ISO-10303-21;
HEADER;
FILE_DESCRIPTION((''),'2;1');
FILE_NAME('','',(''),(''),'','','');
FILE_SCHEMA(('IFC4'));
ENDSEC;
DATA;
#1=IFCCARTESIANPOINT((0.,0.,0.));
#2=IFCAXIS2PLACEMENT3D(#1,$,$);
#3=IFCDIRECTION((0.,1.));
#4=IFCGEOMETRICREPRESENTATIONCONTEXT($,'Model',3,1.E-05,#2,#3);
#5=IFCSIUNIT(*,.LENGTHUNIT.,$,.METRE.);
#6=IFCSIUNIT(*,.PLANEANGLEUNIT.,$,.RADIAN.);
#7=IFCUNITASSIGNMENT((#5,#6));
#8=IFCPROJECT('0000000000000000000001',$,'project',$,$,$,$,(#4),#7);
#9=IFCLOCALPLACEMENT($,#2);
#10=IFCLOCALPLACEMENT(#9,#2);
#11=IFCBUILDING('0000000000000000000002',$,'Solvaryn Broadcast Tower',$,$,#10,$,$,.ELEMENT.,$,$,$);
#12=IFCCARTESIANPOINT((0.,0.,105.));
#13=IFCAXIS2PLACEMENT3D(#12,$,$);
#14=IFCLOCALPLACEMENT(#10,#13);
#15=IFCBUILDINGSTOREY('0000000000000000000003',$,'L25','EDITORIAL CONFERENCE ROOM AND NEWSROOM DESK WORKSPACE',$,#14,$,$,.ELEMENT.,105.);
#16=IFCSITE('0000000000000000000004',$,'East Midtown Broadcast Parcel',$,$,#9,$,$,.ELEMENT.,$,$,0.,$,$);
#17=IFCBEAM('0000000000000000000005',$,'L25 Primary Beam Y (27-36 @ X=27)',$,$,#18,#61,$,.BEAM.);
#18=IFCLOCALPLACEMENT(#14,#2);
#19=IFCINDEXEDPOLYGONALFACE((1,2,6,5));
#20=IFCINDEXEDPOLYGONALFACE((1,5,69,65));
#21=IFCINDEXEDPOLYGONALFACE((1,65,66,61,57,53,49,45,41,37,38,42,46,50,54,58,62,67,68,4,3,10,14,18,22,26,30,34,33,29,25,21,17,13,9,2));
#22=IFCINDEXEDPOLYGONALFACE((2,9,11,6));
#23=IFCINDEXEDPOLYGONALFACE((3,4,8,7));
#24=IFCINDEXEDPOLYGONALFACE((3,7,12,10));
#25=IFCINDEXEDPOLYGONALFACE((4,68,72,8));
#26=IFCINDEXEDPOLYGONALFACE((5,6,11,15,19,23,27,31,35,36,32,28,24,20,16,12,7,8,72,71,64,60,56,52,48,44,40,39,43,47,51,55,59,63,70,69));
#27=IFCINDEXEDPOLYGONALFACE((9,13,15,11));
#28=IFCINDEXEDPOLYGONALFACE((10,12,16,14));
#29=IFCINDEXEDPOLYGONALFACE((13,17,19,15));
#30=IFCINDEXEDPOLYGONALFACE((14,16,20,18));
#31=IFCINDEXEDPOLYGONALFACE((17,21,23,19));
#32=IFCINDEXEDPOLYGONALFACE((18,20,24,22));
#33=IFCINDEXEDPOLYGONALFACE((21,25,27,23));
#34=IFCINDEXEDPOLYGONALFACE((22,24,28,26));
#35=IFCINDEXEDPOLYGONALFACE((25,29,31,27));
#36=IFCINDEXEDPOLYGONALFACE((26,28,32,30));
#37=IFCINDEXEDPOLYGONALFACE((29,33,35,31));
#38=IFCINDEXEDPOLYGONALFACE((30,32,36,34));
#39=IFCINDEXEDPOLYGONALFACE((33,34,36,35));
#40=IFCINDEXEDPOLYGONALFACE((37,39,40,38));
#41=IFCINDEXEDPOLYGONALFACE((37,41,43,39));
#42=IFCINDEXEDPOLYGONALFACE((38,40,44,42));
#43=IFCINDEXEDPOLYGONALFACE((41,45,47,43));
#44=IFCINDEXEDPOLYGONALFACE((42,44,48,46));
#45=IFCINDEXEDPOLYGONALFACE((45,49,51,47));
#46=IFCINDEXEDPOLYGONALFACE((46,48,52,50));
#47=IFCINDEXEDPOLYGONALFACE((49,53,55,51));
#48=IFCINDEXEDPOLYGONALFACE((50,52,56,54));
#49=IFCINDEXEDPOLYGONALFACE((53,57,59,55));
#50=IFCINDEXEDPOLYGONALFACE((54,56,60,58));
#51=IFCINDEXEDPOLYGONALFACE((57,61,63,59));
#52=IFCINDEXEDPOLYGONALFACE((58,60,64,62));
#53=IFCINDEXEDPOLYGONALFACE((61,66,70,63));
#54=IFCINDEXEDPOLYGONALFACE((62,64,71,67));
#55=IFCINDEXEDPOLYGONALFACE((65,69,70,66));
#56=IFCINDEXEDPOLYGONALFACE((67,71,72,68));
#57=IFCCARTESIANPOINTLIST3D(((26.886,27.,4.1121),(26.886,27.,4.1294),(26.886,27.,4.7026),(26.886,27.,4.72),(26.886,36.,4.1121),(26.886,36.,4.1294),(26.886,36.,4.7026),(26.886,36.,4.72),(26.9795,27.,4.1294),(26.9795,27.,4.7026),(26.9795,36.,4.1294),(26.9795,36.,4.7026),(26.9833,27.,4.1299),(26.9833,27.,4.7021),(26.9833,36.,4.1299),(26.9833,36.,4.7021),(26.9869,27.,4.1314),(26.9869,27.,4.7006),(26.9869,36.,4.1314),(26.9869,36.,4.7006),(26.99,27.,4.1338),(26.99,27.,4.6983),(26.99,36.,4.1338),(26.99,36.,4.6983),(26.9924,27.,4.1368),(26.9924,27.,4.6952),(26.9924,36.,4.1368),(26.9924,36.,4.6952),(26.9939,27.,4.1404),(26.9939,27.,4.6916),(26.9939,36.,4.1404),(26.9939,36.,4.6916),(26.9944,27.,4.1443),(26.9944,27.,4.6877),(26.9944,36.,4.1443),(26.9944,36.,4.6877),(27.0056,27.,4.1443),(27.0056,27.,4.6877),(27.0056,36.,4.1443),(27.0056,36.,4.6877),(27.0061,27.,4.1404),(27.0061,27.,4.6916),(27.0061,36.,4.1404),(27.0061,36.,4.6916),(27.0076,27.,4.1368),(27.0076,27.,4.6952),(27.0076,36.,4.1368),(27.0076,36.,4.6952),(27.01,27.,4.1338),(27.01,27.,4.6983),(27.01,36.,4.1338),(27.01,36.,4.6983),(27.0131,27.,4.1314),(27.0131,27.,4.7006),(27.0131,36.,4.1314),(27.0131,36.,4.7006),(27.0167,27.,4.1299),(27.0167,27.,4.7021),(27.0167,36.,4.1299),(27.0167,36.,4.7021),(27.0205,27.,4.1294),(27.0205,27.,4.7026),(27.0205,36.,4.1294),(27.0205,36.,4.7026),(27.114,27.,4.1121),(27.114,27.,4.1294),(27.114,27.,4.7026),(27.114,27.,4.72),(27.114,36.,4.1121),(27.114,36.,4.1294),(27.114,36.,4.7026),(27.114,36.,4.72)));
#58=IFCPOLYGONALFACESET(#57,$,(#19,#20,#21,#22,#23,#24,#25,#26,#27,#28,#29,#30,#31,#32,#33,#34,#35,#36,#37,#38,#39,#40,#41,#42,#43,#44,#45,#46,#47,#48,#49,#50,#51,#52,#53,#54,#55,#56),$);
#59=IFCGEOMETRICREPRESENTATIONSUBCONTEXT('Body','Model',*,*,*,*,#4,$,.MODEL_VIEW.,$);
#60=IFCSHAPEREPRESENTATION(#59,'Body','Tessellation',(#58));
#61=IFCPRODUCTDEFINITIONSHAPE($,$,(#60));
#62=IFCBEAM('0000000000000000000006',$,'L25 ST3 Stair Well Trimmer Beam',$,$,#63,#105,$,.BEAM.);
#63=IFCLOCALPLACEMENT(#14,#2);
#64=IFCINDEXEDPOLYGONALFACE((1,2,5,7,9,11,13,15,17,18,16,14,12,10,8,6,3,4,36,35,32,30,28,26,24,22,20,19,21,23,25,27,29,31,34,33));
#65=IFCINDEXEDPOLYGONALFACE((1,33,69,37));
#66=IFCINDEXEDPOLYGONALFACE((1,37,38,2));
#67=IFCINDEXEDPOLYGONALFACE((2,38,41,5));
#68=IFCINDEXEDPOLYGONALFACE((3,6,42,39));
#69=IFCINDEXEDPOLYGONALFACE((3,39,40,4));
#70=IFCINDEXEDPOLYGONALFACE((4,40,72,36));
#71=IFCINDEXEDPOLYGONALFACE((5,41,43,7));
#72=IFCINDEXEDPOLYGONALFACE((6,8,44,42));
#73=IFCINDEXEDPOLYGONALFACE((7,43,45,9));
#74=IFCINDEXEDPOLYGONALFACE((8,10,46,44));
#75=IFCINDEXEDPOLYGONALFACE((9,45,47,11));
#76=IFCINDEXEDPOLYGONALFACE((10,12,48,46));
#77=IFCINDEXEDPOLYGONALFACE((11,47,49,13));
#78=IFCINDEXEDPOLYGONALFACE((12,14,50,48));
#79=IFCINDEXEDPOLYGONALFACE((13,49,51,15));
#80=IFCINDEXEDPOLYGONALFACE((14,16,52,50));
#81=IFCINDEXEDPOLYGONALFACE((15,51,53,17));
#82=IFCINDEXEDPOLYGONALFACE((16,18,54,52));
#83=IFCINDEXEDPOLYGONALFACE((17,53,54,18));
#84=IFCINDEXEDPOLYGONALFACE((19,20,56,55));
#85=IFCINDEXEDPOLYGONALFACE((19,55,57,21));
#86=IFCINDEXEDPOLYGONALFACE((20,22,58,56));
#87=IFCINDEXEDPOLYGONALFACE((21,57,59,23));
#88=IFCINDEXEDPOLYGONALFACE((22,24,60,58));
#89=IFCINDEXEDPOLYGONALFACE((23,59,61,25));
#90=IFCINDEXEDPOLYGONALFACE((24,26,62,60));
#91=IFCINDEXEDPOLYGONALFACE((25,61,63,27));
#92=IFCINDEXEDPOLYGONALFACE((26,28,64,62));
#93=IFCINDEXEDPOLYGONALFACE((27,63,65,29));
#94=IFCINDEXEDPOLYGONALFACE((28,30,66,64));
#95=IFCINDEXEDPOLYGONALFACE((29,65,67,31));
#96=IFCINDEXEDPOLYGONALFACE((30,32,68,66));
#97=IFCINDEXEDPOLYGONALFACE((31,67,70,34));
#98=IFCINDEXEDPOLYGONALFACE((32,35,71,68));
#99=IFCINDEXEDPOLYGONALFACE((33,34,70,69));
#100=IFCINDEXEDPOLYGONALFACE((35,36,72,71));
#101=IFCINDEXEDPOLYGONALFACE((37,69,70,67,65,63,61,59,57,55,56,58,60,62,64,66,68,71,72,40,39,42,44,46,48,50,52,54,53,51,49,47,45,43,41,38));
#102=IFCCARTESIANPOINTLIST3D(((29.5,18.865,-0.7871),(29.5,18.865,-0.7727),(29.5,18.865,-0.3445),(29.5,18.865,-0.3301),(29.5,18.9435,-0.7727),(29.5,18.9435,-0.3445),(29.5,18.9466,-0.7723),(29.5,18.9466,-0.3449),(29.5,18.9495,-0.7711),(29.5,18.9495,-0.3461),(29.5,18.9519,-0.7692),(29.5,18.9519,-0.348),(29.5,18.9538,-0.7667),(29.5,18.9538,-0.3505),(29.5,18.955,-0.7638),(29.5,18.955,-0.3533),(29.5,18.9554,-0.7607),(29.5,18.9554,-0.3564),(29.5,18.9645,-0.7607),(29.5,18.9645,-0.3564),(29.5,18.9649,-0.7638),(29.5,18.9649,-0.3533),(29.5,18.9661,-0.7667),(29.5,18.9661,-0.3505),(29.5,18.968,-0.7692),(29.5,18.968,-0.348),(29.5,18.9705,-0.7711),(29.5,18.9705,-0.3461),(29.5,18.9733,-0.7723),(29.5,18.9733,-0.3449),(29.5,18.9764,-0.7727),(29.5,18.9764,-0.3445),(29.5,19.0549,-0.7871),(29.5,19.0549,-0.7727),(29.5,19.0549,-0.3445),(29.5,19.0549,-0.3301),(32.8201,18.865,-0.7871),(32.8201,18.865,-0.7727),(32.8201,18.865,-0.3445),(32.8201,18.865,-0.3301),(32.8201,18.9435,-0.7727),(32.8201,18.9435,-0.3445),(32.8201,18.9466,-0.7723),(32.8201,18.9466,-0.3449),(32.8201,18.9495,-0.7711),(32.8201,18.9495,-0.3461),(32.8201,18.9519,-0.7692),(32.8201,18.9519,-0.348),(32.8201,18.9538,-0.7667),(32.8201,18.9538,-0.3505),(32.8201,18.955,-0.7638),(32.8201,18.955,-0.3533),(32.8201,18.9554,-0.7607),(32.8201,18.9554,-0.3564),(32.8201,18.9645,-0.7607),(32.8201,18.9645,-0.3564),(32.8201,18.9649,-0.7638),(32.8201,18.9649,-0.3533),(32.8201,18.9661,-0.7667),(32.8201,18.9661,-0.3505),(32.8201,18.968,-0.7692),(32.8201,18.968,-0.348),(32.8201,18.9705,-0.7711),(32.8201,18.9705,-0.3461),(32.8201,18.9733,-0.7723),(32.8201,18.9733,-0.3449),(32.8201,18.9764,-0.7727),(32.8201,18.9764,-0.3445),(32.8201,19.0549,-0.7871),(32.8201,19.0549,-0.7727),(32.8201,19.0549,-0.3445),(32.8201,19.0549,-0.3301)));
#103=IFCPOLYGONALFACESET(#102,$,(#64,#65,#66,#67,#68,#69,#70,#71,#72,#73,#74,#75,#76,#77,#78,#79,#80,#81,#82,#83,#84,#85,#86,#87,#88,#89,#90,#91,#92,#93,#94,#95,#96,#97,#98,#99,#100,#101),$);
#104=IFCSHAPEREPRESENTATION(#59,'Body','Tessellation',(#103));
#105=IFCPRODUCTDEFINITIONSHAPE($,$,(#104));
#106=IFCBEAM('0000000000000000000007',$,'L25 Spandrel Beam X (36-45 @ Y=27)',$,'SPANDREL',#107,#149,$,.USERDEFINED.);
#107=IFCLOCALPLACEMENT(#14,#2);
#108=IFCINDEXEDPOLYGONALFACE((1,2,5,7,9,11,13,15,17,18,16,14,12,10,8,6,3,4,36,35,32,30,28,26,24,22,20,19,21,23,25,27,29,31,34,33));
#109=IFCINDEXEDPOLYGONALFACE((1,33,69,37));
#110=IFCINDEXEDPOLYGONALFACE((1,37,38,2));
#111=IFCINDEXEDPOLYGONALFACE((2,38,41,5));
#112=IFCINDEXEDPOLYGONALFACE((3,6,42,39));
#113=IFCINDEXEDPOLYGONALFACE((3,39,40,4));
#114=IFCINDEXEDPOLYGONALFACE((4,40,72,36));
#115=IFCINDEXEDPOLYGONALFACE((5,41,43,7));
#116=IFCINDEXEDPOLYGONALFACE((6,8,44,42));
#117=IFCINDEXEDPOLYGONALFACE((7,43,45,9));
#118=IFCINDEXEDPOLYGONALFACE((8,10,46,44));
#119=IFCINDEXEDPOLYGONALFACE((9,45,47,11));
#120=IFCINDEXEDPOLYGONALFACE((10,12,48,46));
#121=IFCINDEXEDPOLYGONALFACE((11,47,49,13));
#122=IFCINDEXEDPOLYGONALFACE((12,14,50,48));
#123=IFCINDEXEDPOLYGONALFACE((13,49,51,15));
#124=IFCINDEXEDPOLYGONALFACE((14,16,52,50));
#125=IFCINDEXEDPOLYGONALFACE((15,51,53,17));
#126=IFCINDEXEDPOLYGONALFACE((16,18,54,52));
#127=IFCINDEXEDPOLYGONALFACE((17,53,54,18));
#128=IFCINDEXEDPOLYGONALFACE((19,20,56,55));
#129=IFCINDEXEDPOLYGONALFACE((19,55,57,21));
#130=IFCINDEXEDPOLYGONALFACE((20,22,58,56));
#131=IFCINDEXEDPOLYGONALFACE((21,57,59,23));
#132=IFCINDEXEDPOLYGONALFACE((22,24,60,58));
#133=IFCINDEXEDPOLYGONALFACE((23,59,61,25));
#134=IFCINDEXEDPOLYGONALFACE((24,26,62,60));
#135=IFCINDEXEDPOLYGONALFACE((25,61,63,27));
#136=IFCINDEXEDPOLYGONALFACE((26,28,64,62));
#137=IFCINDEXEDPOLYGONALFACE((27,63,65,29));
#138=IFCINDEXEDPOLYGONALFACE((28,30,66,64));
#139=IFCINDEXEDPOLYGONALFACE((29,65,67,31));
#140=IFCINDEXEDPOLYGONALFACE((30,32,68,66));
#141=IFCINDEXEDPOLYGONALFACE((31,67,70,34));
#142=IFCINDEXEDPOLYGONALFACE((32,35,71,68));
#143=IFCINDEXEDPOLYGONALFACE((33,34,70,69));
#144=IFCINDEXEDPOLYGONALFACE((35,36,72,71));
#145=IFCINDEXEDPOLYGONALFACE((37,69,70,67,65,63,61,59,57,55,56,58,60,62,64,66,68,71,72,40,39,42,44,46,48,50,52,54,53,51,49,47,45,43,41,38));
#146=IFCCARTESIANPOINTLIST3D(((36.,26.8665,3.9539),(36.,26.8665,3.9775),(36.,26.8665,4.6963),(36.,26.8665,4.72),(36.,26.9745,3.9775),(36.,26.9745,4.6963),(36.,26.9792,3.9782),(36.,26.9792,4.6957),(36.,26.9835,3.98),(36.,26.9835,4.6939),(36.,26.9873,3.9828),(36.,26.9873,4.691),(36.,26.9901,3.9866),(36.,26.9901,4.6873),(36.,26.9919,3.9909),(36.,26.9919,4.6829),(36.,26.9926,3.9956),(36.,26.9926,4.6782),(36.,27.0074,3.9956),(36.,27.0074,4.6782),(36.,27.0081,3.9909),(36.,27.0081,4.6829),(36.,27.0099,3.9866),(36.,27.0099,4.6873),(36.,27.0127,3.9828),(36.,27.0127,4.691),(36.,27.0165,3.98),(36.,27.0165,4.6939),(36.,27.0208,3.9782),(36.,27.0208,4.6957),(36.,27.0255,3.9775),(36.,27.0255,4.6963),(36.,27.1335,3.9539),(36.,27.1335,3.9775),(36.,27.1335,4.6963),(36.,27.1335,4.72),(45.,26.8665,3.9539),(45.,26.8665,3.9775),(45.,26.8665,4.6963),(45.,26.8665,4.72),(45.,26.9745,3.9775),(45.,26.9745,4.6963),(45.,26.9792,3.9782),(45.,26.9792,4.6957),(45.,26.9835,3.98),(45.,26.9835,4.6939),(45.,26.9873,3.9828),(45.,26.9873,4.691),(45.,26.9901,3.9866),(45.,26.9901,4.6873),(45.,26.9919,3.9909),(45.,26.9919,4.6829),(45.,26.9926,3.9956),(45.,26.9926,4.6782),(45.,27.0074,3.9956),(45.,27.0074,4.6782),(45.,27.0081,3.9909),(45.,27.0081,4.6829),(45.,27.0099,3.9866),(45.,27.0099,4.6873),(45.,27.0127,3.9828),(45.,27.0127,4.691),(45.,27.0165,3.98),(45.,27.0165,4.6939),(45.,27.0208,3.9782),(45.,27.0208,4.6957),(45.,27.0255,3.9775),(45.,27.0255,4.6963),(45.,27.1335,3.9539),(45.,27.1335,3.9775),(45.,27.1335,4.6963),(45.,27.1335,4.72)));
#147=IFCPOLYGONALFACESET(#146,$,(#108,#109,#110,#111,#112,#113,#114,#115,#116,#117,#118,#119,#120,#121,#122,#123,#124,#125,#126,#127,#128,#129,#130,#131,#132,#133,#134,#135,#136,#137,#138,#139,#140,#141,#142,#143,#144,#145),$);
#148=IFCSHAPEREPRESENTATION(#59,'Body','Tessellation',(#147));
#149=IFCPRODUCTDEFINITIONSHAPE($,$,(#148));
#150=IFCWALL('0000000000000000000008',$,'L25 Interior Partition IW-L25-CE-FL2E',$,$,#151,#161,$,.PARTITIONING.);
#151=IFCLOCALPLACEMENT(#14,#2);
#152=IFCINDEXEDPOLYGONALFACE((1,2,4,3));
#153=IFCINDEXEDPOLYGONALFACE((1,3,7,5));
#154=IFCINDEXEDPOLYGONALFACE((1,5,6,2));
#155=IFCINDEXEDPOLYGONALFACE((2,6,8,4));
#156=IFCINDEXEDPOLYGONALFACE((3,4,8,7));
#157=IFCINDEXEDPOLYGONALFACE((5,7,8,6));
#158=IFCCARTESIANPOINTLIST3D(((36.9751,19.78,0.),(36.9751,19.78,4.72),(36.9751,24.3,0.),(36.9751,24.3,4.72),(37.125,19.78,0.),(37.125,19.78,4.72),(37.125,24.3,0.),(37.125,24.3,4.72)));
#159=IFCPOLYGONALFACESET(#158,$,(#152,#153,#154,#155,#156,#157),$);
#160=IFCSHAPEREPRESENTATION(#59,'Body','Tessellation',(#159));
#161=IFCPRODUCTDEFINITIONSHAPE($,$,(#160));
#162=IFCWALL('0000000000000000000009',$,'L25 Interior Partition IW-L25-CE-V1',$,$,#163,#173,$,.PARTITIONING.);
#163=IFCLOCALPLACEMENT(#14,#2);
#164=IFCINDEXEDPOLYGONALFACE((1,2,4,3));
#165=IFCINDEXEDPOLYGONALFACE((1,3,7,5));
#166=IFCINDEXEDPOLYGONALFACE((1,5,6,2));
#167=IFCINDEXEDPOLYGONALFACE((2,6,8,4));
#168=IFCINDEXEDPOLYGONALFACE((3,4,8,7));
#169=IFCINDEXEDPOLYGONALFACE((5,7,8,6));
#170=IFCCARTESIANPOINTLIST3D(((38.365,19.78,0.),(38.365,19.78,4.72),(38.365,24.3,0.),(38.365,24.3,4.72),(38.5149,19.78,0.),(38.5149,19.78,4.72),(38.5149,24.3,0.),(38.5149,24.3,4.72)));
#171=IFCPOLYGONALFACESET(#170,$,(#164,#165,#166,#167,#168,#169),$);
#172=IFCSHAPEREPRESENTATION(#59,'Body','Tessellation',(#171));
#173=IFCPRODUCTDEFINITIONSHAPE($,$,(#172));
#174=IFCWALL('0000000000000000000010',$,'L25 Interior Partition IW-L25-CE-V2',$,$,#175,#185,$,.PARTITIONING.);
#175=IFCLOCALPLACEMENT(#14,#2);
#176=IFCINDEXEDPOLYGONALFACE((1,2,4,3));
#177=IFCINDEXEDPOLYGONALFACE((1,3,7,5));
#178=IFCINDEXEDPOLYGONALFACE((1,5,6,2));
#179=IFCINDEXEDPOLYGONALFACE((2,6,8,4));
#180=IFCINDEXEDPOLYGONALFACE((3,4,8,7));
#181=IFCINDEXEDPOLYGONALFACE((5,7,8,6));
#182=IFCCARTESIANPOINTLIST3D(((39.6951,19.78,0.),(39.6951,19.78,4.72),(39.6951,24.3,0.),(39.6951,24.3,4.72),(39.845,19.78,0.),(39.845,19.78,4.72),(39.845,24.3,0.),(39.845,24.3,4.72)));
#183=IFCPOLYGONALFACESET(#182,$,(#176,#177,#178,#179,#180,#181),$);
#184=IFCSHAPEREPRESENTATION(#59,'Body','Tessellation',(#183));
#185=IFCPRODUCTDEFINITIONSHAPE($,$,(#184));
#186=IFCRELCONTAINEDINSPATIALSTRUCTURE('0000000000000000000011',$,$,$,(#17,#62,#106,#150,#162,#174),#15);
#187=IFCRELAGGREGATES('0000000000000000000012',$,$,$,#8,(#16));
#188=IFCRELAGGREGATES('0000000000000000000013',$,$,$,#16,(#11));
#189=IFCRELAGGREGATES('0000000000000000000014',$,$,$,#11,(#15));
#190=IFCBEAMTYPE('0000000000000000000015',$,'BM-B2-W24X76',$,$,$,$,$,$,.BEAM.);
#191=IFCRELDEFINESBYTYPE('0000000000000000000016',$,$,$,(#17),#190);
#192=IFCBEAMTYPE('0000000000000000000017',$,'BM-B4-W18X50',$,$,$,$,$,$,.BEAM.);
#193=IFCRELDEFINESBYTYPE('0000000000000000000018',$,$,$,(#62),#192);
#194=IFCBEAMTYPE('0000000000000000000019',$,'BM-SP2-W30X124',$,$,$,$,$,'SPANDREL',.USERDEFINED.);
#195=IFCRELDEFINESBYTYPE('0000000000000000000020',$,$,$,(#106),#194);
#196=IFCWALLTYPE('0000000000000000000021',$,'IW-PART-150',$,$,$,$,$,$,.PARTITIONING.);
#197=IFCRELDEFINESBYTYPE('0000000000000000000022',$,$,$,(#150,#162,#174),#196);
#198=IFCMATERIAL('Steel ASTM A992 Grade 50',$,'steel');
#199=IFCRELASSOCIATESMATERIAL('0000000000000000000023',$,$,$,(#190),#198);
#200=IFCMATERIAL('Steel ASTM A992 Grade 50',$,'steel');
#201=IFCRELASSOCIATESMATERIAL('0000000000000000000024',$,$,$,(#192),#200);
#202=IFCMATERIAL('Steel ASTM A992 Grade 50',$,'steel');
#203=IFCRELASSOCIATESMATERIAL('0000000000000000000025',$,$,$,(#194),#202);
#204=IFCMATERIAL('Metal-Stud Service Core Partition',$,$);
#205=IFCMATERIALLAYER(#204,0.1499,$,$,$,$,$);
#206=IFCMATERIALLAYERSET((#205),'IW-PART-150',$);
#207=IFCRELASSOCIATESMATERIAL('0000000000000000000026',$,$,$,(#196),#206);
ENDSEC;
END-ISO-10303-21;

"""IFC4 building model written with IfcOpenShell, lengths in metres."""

from ifc_helpers import new_model, si_unit, direction, frame, frame_2d, origin, origin_2d, place, context, subcontext, project, spatial, rectangle, i_section, extrude, material, layer, layer_set, material_profile, profile_set, type_object, element, save


model = new_model("IFC4")

# Units and contexts
model_context = context("Model", 3, precision=1e-05, world=origin(), true_north=direction((0.0, 1.0)))
body_context = subcontext(model_context, "Body", "Model", "MODEL_VIEW")
ifc_project = project(units=[si_unit("LENGTHUNIT", "METRE"), si_unit("PLANEANGLEUNIT", "RADIAN")], contexts=[model_context])

# Site, building, storey
site_placement = place(None, origin())
site = spatial("IfcSite", under=ifc_project, at=site_placement, Name="East Midtown Broadcast Parcel", CompositionType="ELEMENT", RefElevation=0.0)
building_placement = place(site_placement, origin())
building = spatial("IfcBuilding", under=site, at=building_placement, Name="Solvaryn Broadcast Tower", CompositionType="ELEMENT")
storey_placement = place(building_placement, frame((0.0, 0.0, 105.0)))
storey = spatial("IfcBuildingStorey", under=building, at=storey_placement, Name="L25", Description="EDITORIAL CONFERENCE ROOM AND NEWSROOM DESK WORKSPACE", CompositionType="ELEMENT", Elevation=105.0)

# Beams
ifc_material_1 = material(Name="Steel ASTM A992 Grade 50", Category="steel")
ifc_material_profile_1 = material_profile(ifc_material_1, i_section(OverallWidth=0.228, OverallDepth=0.6079, WebThickness=0.0112, FlangeThickness=0.0173, FilletRadius=0.0149, at=origin_2d()))
ifc_profile_set_1 = profile_set([ifc_material_profile_1], Name="Steel ASTM A992 Grade 50")
beam_type_1 = type_object("IfcBeamType", Name="BM-B2-W24X76", PredefinedType="BEAM", material=ifc_profile_set_1)
beam_1_placement = place(storey_placement, frame((27.0, 27.0, 4.416), z_axis=(0.0, 1.0, 0.0), x_axis=(-1.0, 0.0, 0.0)))
element("IfcBeam", 1, at=beam_1_placement, inside=storey, type_object=beam_type_1, Name="L25 Primary Beam Y (27-36 @ X=27)", PredefinedType="BEAM", context=body_context, shape_type="SweptSolid", body=[
    extrude(i_section(OverallWidth=0.228, OverallDepth=0.6079, WebThickness=0.0112, FlangeThickness=0.0173, FilletRadius=0.0149, at=origin_2d()), origin(), (0.0, 0.0, 1.0), 9.0),
])
ifc_material_2 = material(Name="Steel ASTM A992 Grade 50", Category="steel")
ifc_material_profile_2 = material_profile(ifc_material_2, i_section(OverallWidth=0.1899, OverallDepth=0.457, WebThickness=0.009, FlangeThickness=0.0144, FilletRadius=0.012, at=origin_2d()))
ifc_profile_set_2 = profile_set([ifc_material_profile_2], Name="Steel ASTM A992 Grade 50")
beam_type_2 = type_object("IfcBeamType", Name="BM-B4-W18X50", PredefinedType="BEAM", material=ifc_profile_set_2)
beam_2_placement = place(storey_placement, frame((29.5, 18.96, -0.5586), z_axis=(1.0, 0.0, 0.0), x_axis=(0.0, 1.0, 0.0)))
element("IfcBeam", 2, at=beam_2_placement, inside=storey, type_object=beam_type_2, Name="L25 ST3 Stair Well Trimmer Beam", PredefinedType="BEAM", context=body_context, shape_type="SweptSolid", body=[
    extrude(i_section(OverallWidth=0.1899, OverallDepth=0.457, WebThickness=0.009, FlangeThickness=0.0144, FilletRadius=0.012, at=origin_2d()), origin(), (0.0, 0.0, 1.0), 3.3201),
])
ifc_material_3 = material(Name="Steel ASTM A992 Grade 50", Category="steel")
ifc_material_profile_3 = material_profile(ifc_material_3, i_section(OverallWidth=0.2671, OverallDepth=0.7661, WebThickness=0.0149, FlangeThickness=0.0237, FilletRadius=0.0181, at=origin_2d()))
ifc_profile_set_3 = profile_set([ifc_material_profile_3], Name="Steel ASTM A992 Grade 50")
beam_type_3 = type_object("IfcBeamType", Name="BM-SP2-W30X124", ElementType="SPANDREL", PredefinedType="USERDEFINED", material=ifc_profile_set_3)
beam_3_placement = place(storey_placement, frame((36.0, 27.0, 4.3369), z_axis=(1.0, 0.0, 0.0), x_axis=(0.0, 1.0, 0.0)))
element("IfcBeam", 3, at=beam_3_placement, inside=storey, type_object=beam_type_3, Name="L25 Spandrel Beam X (36-45 @ Y=27)", ObjectType="SPANDREL", PredefinedType="USERDEFINED", context=body_context, shape_type="SweptSolid", body=[
    extrude(i_section(OverallWidth=0.2671, OverallDepth=0.7661, WebThickness=0.0149, FlangeThickness=0.0237, FilletRadius=0.0181, at=origin_2d()), origin(), (0.0, 0.0, 1.0), 9.0),
])

# Walls
ifc_material_4 = material(Name="Metal-Stud Service Core Partition")
ifc_layer_1 = layer(ifc_material_4, 0.1499)
ifc_layer_set_1 = layer_set([ifc_layer_1], Name="IW-PART-150")
wall_type_1 = type_object("IfcWallType", Name="IW-PART-150", PredefinedType="PARTITIONING", material=ifc_layer_set_1)
for number, where, z_axis, x_axis, name in (
    (4, (37.05, 19.78, 0.0), (0.0, 0.0, 1.0), (0.0, 1.0, 0.0), "L25 Interior Partition IW-L25-CE-FL2E"),
    (5, (38.4399, 19.78, 0.0), (0.0, 0.0, 1.0), (0.0, 1.0, 0.0), "L25 Interior Partition IW-L25-CE-V1"),
    (6, (39.77, 19.78, 0.0), (0.0, 0.0, 1.0), (0.0, 1.0, 0.0), "L25 Interior Partition IW-L25-CE-V2"),
):
    element("IfcWall", number, at=place(storey_placement, frame(where, z_axis=z_axis, x_axis=x_axis)), inside=storey, type_object=wall_type_1, Name=name, PredefinedType="PARTITIONING", context=body_context, shape_type="SweptSolid", body=[
        extrude(rectangle(XDim=4.52, YDim=0.1499, at=frame_2d((2.26, 0.0))), origin(), (0.0, 0.0, 1.0), 4.72),
    ])

save(model, "model.ifc")
